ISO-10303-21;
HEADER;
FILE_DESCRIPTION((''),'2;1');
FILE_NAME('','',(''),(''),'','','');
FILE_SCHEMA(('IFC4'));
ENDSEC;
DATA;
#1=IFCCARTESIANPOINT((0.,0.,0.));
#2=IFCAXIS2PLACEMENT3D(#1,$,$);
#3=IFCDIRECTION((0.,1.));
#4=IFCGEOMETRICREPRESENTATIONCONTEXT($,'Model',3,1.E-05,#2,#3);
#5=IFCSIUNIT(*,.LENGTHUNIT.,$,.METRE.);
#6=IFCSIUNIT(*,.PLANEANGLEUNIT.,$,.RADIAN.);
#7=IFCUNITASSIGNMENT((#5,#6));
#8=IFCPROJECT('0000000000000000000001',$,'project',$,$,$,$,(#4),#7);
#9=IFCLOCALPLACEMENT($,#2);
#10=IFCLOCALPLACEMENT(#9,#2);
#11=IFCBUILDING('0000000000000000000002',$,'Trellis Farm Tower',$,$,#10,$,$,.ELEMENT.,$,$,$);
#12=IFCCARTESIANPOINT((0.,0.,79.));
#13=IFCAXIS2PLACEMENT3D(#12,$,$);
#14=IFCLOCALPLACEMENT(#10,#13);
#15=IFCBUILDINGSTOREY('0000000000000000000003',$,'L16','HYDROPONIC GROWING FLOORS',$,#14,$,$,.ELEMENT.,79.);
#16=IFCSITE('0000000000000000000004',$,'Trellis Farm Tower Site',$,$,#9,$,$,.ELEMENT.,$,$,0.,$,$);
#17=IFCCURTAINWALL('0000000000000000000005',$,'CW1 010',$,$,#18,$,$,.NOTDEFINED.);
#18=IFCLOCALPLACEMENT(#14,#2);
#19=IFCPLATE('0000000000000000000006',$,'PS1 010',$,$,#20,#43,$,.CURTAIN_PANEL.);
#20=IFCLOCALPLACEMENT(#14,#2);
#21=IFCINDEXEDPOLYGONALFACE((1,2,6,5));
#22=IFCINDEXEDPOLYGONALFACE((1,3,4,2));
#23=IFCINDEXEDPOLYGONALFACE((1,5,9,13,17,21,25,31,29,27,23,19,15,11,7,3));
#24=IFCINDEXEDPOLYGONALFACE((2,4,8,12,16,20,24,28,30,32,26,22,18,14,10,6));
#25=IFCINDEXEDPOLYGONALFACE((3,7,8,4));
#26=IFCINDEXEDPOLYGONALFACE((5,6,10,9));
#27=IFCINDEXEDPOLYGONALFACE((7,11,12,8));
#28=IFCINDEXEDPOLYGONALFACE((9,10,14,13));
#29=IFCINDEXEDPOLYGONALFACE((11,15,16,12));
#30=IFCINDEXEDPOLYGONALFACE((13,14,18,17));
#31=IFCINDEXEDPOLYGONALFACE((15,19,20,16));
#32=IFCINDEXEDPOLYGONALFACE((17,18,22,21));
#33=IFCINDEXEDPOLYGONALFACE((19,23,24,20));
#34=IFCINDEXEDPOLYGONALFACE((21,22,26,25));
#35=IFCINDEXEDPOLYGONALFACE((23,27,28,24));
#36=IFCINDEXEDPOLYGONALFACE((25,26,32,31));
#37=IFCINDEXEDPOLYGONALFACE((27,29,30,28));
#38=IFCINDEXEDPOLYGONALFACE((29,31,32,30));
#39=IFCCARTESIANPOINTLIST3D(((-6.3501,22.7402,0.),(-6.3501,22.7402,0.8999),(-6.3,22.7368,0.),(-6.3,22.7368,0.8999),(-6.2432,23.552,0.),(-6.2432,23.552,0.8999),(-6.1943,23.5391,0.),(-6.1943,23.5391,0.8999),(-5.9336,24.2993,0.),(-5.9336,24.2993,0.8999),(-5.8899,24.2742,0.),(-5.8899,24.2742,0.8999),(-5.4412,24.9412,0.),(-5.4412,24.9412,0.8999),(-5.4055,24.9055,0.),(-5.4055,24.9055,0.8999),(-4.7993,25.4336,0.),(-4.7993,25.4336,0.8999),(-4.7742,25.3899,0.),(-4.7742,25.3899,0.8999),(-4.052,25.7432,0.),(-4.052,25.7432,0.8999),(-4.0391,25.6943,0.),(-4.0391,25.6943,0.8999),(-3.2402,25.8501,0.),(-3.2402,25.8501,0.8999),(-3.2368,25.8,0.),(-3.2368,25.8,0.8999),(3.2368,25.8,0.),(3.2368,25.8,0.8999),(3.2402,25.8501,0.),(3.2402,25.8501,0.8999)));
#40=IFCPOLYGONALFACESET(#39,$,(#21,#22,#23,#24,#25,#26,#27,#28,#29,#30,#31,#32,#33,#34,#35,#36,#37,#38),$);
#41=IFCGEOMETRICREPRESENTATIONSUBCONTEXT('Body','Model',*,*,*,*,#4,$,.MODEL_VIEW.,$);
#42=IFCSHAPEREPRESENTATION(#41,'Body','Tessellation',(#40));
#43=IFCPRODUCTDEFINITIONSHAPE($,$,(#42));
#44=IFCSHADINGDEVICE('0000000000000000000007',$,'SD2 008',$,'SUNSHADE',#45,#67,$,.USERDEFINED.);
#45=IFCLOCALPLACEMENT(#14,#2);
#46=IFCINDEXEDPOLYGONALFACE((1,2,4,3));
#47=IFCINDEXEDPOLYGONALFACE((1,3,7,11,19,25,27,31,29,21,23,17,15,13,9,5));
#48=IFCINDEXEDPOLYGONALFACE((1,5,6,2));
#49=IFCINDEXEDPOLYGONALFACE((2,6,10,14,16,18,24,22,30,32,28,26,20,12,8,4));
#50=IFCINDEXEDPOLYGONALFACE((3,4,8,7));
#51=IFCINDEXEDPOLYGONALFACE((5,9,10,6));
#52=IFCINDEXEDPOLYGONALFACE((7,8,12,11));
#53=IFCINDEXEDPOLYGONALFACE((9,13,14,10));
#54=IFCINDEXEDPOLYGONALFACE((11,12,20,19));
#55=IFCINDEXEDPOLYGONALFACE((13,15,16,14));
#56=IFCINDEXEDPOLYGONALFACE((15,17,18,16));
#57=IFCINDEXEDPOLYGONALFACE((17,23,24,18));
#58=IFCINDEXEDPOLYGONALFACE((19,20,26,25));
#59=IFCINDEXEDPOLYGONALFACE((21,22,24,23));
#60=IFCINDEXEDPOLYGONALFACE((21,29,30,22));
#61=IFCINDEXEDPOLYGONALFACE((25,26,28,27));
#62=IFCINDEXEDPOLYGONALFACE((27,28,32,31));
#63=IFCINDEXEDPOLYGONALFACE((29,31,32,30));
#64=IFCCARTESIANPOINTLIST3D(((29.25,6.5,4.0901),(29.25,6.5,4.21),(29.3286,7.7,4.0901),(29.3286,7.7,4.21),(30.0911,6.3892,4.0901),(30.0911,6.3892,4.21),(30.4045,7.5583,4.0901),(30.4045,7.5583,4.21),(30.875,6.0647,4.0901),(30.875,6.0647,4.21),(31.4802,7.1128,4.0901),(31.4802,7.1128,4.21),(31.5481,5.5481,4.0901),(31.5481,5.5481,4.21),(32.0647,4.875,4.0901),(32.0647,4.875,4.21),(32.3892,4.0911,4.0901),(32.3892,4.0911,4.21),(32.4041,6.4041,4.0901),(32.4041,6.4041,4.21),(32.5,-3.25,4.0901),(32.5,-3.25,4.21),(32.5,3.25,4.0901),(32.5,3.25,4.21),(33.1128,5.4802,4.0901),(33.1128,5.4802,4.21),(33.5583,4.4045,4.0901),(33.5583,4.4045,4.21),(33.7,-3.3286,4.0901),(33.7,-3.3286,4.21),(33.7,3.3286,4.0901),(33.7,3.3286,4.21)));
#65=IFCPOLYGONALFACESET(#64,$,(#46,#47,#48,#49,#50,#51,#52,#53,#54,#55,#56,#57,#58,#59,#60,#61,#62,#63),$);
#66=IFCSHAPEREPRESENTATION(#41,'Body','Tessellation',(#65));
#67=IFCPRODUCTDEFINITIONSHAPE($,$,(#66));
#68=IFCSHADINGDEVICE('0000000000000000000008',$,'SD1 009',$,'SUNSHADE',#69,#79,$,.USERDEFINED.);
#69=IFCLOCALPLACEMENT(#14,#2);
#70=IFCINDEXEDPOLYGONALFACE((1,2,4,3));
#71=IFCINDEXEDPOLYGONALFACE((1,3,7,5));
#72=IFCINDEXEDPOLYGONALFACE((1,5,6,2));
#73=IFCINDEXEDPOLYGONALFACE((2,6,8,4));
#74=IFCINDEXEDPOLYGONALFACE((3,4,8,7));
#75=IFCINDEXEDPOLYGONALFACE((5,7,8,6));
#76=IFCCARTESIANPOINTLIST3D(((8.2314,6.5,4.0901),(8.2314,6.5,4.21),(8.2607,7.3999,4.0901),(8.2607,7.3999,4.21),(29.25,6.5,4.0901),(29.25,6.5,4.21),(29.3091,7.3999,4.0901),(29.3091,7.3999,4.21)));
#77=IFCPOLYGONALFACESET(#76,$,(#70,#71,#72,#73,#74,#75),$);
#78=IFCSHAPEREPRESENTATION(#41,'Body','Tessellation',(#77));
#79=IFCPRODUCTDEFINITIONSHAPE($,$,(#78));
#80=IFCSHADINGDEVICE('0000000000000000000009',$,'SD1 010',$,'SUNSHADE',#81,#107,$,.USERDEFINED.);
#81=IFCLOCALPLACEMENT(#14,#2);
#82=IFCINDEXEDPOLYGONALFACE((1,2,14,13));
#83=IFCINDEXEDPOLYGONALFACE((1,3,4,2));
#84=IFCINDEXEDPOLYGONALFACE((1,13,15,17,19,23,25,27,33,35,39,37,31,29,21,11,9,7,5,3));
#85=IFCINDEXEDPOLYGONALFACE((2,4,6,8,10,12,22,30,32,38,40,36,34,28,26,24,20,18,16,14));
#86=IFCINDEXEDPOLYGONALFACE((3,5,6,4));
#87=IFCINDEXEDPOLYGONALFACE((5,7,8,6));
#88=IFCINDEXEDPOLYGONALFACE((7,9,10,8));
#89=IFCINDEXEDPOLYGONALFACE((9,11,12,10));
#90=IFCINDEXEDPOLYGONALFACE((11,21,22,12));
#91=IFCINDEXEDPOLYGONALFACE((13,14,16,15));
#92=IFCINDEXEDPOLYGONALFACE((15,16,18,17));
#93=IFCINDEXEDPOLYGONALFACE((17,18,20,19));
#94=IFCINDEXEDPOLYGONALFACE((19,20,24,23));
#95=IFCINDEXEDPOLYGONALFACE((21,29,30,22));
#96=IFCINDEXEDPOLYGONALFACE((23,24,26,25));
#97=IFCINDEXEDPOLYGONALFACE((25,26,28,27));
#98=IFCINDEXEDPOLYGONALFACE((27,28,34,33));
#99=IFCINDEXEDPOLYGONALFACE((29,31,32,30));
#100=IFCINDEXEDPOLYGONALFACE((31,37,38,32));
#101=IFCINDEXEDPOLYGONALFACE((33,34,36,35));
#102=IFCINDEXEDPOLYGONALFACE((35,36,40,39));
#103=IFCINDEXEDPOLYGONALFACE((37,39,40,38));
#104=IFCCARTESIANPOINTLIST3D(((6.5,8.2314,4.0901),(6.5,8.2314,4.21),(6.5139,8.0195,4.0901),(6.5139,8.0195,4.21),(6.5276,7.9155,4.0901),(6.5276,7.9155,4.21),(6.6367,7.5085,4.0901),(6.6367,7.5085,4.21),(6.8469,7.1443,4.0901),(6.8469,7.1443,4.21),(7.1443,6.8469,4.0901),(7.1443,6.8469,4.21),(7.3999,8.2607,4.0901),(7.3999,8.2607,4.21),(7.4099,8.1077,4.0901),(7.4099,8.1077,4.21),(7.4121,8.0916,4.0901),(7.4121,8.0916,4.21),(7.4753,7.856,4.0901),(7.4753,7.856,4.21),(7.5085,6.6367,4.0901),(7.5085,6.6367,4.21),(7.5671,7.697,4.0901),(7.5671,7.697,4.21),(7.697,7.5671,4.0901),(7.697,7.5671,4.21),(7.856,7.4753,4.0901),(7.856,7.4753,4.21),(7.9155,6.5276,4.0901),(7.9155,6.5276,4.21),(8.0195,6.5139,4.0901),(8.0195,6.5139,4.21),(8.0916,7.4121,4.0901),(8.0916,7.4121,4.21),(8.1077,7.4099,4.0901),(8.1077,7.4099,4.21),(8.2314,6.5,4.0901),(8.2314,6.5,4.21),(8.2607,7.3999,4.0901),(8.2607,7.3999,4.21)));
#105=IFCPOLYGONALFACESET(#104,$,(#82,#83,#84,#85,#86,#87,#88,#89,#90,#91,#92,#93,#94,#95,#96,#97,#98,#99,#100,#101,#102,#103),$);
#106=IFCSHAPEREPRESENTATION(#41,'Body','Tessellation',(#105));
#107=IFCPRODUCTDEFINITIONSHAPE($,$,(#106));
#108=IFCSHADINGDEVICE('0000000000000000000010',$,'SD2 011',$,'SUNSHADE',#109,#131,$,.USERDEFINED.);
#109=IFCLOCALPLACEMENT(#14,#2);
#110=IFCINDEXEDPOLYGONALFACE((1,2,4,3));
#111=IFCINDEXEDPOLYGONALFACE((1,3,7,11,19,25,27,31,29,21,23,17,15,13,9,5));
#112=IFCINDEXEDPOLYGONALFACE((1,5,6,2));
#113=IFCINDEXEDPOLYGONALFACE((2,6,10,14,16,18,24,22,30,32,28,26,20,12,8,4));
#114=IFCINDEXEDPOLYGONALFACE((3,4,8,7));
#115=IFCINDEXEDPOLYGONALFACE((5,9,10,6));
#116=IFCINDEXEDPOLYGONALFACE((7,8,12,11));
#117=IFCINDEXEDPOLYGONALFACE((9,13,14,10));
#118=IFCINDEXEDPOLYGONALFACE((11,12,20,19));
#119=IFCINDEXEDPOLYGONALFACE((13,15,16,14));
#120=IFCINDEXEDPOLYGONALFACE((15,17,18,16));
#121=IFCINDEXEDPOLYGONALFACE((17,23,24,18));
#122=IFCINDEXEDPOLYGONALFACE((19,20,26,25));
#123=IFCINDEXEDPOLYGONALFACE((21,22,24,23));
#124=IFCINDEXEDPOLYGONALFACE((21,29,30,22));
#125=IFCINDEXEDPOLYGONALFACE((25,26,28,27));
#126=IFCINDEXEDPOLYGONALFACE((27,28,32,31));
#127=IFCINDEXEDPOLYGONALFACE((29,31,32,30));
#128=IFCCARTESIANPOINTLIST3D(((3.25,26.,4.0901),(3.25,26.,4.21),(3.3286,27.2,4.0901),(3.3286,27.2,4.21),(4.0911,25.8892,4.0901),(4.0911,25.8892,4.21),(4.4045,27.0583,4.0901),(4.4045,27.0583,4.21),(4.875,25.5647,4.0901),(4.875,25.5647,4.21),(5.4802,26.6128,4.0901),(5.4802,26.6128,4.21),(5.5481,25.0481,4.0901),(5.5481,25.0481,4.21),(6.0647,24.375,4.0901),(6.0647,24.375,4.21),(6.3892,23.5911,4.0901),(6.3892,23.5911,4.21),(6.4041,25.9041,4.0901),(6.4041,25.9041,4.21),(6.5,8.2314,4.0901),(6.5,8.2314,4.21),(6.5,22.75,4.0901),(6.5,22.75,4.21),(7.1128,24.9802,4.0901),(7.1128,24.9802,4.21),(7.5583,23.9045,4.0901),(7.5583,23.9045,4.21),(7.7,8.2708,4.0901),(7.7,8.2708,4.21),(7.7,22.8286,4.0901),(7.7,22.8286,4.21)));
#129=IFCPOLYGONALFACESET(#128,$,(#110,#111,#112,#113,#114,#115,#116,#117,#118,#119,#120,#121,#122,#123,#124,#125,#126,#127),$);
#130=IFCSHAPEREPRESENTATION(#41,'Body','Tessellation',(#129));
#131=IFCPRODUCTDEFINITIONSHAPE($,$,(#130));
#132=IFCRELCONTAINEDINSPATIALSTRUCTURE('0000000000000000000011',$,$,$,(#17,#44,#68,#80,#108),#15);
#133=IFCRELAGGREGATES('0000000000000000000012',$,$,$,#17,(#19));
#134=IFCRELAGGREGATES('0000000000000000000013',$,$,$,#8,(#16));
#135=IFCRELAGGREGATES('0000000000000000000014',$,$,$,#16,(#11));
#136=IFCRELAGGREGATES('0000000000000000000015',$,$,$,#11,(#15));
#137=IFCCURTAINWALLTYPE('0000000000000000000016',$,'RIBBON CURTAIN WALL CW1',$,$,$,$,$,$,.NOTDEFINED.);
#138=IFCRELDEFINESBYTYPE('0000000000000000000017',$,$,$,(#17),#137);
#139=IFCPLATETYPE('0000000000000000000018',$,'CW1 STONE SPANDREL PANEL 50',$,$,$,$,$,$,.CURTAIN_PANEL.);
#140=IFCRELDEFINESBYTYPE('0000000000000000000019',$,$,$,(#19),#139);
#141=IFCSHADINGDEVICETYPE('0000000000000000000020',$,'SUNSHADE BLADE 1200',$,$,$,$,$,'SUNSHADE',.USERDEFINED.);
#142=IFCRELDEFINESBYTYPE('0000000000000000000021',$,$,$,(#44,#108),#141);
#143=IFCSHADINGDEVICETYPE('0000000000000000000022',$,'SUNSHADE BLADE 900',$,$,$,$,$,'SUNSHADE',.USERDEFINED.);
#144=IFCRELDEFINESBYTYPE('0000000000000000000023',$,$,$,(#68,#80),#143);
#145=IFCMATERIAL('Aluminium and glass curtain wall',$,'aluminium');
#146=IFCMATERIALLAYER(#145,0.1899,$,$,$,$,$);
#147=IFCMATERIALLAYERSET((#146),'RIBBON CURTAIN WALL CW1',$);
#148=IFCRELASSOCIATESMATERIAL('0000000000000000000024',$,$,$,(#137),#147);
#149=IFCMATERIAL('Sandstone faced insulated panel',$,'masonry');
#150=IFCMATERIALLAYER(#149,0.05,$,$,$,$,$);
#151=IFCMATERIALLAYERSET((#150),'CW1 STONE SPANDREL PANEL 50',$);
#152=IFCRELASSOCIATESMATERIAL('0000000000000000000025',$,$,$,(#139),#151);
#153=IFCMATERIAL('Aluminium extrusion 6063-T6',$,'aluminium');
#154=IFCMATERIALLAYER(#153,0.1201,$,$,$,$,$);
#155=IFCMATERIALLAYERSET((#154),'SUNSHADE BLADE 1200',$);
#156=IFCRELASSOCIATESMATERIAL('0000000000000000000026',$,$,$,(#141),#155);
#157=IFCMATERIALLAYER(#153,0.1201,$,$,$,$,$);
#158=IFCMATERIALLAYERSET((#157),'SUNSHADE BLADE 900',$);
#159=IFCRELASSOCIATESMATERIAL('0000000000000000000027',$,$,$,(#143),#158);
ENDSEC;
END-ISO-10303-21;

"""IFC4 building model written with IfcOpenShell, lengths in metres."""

from ifc_helpers import new_model, si_unit, direction, frame, origin, place, context, subcontext, project, spatial, polyline, outline, extrude, source, transform, mapped, material, layer, layer_set, type_object, element, aggregate, save


model = new_model("IFC4")

# Units and contexts
model_context = context("Model", 3, precision=1e-05, world=origin(), true_north=direction((0.0, 1.0)))
body_context = subcontext(model_context, "Body", "Model", "MODEL_VIEW")
ifc_project = project(units=[si_unit("LENGTHUNIT", "METRE"), si_unit("PLANEANGLEUNIT", "RADIAN")], contexts=[model_context])

# Site, building, storey
site_placement = place(None, origin())
site = spatial("IfcSite", under=ifc_project, at=site_placement, Name="Trellis Farm Tower Site", CompositionType="ELEMENT", RefElevation=0.0)
building_placement = place(site_placement, origin())
building = spatial("IfcBuilding", under=site, at=building_placement, Name="Trellis Farm Tower", CompositionType="ELEMENT")
storey_placement = place(building_placement, frame((0.0, 0.0, 79.0)))
storey = spatial("IfcBuildingStorey", under=building, at=storey_placement, Name="L16", Description="HYDROPONIC GROWING FLOORS", CompositionType="ELEMENT", Elevation=79.0)

# Shared definitions
ifc_material_1 = material(Name="Aluminium and glass curtain wall", Category="aluminium")
ifc_layer_1 = layer(ifc_material_1, 0.1899)
ifc_layer_set_1 = layer_set([ifc_layer_1], Name="RIBBON CURTAIN WALL CW1")
curtain_wall_type_1 = type_object("IfcCurtainWallType", Name="RIBBON CURTAIN WALL CW1", PredefinedType="NOTDEFINED", material=ifc_layer_set_1)
placement_1 = place(storey_placement, origin())
ifc_material_2 = material(Name="Aluminium extrusion 6063-T6", Category="aluminium")

# Shared definitions
ifc_material_3 = material(Name="Sandstone faced insulated panel", Category="masonry")
ifc_layer_2 = layer(ifc_material_3, 0.05)
ifc_layer_set_2 = layer_set([ifc_layer_2], Name="CW1 STONE SPANDREL PANEL 50")
plate_type_1 = type_object("IfcPlateType", Name="CW1 STONE SPANDREL PANEL 50", PredefinedType="CURTAIN_PANEL", material=ifc_layer_set_2)

# Curtain wall, plate
curtain_wall_1 = element("IfcCurtainWall", 1, at=placement_1, inside=storey, type_object=curtain_wall_type_1, Name="CW1 010", PredefinedType="NOTDEFINED")
shared_shape_1 = source(origin(), body_context, "Body", "SweptSolid", [
    extrude(outline(polyline([(3.2402, 25.8501), (-3.2402, 25.8501), (-4.052, 25.7432), (-4.7993, 25.4336), (-5.4412, 24.9412), (-5.9336, 24.2993), (-6.2432, 23.552), (-6.3501, 22.7402), (-6.3, 22.7368), (-6.1943, 23.5391), (-5.8899, 24.2742), (-5.4055, 24.9055), (-4.7742, 25.3899), (-4.0391, 25.6943), (-3.2368, 25.8), (3.2368, 25.8), (3.2402, 25.8501)])), origin(), (0.0, 0.0, 1.0), 0.8999),
])
plate_1 = element("IfcPlate", 2, at=placement_1, type_object=plate_type_1, Name="PS1 010", PredefinedType="CURTAIN_PANEL", context=body_context, shape_type="MappedRepresentation", body=[
    mapped(shared_shape_1, transform((0.0, 0.0, 0.0))),
])
aggregate(curtain_wall_1, [plate_1])

# Shading devices
ifc_layer_3 = layer(ifc_material_2, 0.1201)
ifc_layer_set_3 = layer_set([ifc_layer_3], Name="SUNSHADE BLADE 1200")
shading_device_type_1 = type_object("IfcShadingDeviceType", Name="SUNSHADE BLADE 1200", ElementType="SUNSHADE", PredefinedType="USERDEFINED", material=ifc_layer_set_3)
shared_shape_2 = source(origin(), body_context, "Body", "SweptSolid", [
    extrude(outline(polyline([(33.7, -3.3286), (33.7, 3.3286), (33.5583, 4.4045), (33.1128, 5.4802), (32.4041, 6.4041), (31.4802, 7.1128), (30.4045, 7.5583), (29.3286, 7.7), (29.25, 6.5), (30.0911, 6.3892), (30.875, 6.0647), (31.5481, 5.5481), (32.0647, 4.875), (32.3892, 4.0911), (32.5, 3.25), (32.5, -3.25), (33.7, -3.3286)])), origin(), (0.0, 0.0, 1.0), 0.1199),
])
placement_2 = place(storey_placement, frame((0.0, 0.0, 4.0901)))
element("IfcShadingDevice", 3, at=placement_2, inside=storey, type_object=shading_device_type_1, Name="SD2 008", ObjectType="SUNSHADE", PredefinedType="USERDEFINED", context=body_context, shape_type="MappedRepresentation", body=[
    mapped(shared_shape_2, transform((0.0, 0.0, 0.0))),
])
ifc_layer_4 = layer(ifc_material_2, 0.1201)
ifc_layer_set_4 = layer_set([ifc_layer_4], Name="SUNSHADE BLADE 900")
shading_device_type_2 = type_object("IfcShadingDeviceType", Name="SUNSHADE BLADE 900", ElementType="SUNSHADE", PredefinedType="USERDEFINED", material=ifc_layer_set_4)
shared_shape_3 = source(origin(), body_context, "Body", "SweptSolid", [
    extrude(outline(polyline([(29.3091, 7.3999), (8.2607, 7.3999), (8.2314, 6.5), (29.25, 6.5), (29.3091, 7.3999)])), origin(), (0.0, 0.0, 1.0), 0.1199),
])
element("IfcShadingDevice", 4, at=placement_2, inside=storey, type_object=shading_device_type_2, Name="SD1 009", ObjectType="SUNSHADE", PredefinedType="USERDEFINED", context=body_context, shape_type="MappedRepresentation", body=[
    mapped(shared_shape_3, transform((0.0, 0.0, 0.0))),
])
shared_shape_4 = source(origin(), body_context, "Body", "SweptSolid", [
    extrude(outline(polyline([(8.2607, 7.3999), (8.1077, 7.4099), (8.0916, 7.4121), (7.856, 7.4753), (7.697, 7.5671), (7.5671, 7.697), (7.4753, 7.856), (7.4121, 8.0916), (7.4099, 8.1077), (7.3999, 8.2607), (6.5, 8.2314), (6.5139, 8.0195), (6.5276, 7.9155), (6.6367, 7.5085), (6.8469, 7.1443), (7.1443, 6.8469), (7.5085, 6.6367), (7.9155, 6.5276), (8.0195, 6.5139), (8.2314, 6.5), (8.2607, 7.3999)])), origin(), (0.0, 0.0, 1.0), 0.1199),
])
element("IfcShadingDevice", 5, at=placement_2, inside=storey, type_object=shading_device_type_2, Name="SD1 010", ObjectType="SUNSHADE", PredefinedType="USERDEFINED", context=body_context, shape_type="MappedRepresentation", body=[
    mapped(shared_shape_4, transform((0.0, 0.0, 0.0))),
])
shared_shape_5 = source(origin(), body_context, "Body", "SweptSolid", [
    extrude(outline(polyline([(7.7, 8.2708), (7.7, 22.8286), (7.5583, 23.9045), (7.1128, 24.9802), (6.4041, 25.9041), (5.4802, 26.6128), (4.4045, 27.0583), (3.3286, 27.2), (3.25, 26.0), (4.0911, 25.8892), (4.875, 25.5647), (5.5481, 25.0481), (6.0647, 24.375), (6.3892, 23.5911), (6.5, 22.75), (6.5, 8.2314), (7.7, 8.2708)])), origin(), (0.0, 0.0, 1.0), 0.1199),
])
element("IfcShadingDevice", 6, at=placement_2, inside=storey, type_object=shading_device_type_1, Name="SD2 011", ObjectType="SUNSHADE", PredefinedType="USERDEFINED", context=body_context, shape_type="MappedRepresentation", body=[
    mapped(shared_shape_5, transform((0.0, 0.0, 0.0))),
])

save(model, "model.ifc")
